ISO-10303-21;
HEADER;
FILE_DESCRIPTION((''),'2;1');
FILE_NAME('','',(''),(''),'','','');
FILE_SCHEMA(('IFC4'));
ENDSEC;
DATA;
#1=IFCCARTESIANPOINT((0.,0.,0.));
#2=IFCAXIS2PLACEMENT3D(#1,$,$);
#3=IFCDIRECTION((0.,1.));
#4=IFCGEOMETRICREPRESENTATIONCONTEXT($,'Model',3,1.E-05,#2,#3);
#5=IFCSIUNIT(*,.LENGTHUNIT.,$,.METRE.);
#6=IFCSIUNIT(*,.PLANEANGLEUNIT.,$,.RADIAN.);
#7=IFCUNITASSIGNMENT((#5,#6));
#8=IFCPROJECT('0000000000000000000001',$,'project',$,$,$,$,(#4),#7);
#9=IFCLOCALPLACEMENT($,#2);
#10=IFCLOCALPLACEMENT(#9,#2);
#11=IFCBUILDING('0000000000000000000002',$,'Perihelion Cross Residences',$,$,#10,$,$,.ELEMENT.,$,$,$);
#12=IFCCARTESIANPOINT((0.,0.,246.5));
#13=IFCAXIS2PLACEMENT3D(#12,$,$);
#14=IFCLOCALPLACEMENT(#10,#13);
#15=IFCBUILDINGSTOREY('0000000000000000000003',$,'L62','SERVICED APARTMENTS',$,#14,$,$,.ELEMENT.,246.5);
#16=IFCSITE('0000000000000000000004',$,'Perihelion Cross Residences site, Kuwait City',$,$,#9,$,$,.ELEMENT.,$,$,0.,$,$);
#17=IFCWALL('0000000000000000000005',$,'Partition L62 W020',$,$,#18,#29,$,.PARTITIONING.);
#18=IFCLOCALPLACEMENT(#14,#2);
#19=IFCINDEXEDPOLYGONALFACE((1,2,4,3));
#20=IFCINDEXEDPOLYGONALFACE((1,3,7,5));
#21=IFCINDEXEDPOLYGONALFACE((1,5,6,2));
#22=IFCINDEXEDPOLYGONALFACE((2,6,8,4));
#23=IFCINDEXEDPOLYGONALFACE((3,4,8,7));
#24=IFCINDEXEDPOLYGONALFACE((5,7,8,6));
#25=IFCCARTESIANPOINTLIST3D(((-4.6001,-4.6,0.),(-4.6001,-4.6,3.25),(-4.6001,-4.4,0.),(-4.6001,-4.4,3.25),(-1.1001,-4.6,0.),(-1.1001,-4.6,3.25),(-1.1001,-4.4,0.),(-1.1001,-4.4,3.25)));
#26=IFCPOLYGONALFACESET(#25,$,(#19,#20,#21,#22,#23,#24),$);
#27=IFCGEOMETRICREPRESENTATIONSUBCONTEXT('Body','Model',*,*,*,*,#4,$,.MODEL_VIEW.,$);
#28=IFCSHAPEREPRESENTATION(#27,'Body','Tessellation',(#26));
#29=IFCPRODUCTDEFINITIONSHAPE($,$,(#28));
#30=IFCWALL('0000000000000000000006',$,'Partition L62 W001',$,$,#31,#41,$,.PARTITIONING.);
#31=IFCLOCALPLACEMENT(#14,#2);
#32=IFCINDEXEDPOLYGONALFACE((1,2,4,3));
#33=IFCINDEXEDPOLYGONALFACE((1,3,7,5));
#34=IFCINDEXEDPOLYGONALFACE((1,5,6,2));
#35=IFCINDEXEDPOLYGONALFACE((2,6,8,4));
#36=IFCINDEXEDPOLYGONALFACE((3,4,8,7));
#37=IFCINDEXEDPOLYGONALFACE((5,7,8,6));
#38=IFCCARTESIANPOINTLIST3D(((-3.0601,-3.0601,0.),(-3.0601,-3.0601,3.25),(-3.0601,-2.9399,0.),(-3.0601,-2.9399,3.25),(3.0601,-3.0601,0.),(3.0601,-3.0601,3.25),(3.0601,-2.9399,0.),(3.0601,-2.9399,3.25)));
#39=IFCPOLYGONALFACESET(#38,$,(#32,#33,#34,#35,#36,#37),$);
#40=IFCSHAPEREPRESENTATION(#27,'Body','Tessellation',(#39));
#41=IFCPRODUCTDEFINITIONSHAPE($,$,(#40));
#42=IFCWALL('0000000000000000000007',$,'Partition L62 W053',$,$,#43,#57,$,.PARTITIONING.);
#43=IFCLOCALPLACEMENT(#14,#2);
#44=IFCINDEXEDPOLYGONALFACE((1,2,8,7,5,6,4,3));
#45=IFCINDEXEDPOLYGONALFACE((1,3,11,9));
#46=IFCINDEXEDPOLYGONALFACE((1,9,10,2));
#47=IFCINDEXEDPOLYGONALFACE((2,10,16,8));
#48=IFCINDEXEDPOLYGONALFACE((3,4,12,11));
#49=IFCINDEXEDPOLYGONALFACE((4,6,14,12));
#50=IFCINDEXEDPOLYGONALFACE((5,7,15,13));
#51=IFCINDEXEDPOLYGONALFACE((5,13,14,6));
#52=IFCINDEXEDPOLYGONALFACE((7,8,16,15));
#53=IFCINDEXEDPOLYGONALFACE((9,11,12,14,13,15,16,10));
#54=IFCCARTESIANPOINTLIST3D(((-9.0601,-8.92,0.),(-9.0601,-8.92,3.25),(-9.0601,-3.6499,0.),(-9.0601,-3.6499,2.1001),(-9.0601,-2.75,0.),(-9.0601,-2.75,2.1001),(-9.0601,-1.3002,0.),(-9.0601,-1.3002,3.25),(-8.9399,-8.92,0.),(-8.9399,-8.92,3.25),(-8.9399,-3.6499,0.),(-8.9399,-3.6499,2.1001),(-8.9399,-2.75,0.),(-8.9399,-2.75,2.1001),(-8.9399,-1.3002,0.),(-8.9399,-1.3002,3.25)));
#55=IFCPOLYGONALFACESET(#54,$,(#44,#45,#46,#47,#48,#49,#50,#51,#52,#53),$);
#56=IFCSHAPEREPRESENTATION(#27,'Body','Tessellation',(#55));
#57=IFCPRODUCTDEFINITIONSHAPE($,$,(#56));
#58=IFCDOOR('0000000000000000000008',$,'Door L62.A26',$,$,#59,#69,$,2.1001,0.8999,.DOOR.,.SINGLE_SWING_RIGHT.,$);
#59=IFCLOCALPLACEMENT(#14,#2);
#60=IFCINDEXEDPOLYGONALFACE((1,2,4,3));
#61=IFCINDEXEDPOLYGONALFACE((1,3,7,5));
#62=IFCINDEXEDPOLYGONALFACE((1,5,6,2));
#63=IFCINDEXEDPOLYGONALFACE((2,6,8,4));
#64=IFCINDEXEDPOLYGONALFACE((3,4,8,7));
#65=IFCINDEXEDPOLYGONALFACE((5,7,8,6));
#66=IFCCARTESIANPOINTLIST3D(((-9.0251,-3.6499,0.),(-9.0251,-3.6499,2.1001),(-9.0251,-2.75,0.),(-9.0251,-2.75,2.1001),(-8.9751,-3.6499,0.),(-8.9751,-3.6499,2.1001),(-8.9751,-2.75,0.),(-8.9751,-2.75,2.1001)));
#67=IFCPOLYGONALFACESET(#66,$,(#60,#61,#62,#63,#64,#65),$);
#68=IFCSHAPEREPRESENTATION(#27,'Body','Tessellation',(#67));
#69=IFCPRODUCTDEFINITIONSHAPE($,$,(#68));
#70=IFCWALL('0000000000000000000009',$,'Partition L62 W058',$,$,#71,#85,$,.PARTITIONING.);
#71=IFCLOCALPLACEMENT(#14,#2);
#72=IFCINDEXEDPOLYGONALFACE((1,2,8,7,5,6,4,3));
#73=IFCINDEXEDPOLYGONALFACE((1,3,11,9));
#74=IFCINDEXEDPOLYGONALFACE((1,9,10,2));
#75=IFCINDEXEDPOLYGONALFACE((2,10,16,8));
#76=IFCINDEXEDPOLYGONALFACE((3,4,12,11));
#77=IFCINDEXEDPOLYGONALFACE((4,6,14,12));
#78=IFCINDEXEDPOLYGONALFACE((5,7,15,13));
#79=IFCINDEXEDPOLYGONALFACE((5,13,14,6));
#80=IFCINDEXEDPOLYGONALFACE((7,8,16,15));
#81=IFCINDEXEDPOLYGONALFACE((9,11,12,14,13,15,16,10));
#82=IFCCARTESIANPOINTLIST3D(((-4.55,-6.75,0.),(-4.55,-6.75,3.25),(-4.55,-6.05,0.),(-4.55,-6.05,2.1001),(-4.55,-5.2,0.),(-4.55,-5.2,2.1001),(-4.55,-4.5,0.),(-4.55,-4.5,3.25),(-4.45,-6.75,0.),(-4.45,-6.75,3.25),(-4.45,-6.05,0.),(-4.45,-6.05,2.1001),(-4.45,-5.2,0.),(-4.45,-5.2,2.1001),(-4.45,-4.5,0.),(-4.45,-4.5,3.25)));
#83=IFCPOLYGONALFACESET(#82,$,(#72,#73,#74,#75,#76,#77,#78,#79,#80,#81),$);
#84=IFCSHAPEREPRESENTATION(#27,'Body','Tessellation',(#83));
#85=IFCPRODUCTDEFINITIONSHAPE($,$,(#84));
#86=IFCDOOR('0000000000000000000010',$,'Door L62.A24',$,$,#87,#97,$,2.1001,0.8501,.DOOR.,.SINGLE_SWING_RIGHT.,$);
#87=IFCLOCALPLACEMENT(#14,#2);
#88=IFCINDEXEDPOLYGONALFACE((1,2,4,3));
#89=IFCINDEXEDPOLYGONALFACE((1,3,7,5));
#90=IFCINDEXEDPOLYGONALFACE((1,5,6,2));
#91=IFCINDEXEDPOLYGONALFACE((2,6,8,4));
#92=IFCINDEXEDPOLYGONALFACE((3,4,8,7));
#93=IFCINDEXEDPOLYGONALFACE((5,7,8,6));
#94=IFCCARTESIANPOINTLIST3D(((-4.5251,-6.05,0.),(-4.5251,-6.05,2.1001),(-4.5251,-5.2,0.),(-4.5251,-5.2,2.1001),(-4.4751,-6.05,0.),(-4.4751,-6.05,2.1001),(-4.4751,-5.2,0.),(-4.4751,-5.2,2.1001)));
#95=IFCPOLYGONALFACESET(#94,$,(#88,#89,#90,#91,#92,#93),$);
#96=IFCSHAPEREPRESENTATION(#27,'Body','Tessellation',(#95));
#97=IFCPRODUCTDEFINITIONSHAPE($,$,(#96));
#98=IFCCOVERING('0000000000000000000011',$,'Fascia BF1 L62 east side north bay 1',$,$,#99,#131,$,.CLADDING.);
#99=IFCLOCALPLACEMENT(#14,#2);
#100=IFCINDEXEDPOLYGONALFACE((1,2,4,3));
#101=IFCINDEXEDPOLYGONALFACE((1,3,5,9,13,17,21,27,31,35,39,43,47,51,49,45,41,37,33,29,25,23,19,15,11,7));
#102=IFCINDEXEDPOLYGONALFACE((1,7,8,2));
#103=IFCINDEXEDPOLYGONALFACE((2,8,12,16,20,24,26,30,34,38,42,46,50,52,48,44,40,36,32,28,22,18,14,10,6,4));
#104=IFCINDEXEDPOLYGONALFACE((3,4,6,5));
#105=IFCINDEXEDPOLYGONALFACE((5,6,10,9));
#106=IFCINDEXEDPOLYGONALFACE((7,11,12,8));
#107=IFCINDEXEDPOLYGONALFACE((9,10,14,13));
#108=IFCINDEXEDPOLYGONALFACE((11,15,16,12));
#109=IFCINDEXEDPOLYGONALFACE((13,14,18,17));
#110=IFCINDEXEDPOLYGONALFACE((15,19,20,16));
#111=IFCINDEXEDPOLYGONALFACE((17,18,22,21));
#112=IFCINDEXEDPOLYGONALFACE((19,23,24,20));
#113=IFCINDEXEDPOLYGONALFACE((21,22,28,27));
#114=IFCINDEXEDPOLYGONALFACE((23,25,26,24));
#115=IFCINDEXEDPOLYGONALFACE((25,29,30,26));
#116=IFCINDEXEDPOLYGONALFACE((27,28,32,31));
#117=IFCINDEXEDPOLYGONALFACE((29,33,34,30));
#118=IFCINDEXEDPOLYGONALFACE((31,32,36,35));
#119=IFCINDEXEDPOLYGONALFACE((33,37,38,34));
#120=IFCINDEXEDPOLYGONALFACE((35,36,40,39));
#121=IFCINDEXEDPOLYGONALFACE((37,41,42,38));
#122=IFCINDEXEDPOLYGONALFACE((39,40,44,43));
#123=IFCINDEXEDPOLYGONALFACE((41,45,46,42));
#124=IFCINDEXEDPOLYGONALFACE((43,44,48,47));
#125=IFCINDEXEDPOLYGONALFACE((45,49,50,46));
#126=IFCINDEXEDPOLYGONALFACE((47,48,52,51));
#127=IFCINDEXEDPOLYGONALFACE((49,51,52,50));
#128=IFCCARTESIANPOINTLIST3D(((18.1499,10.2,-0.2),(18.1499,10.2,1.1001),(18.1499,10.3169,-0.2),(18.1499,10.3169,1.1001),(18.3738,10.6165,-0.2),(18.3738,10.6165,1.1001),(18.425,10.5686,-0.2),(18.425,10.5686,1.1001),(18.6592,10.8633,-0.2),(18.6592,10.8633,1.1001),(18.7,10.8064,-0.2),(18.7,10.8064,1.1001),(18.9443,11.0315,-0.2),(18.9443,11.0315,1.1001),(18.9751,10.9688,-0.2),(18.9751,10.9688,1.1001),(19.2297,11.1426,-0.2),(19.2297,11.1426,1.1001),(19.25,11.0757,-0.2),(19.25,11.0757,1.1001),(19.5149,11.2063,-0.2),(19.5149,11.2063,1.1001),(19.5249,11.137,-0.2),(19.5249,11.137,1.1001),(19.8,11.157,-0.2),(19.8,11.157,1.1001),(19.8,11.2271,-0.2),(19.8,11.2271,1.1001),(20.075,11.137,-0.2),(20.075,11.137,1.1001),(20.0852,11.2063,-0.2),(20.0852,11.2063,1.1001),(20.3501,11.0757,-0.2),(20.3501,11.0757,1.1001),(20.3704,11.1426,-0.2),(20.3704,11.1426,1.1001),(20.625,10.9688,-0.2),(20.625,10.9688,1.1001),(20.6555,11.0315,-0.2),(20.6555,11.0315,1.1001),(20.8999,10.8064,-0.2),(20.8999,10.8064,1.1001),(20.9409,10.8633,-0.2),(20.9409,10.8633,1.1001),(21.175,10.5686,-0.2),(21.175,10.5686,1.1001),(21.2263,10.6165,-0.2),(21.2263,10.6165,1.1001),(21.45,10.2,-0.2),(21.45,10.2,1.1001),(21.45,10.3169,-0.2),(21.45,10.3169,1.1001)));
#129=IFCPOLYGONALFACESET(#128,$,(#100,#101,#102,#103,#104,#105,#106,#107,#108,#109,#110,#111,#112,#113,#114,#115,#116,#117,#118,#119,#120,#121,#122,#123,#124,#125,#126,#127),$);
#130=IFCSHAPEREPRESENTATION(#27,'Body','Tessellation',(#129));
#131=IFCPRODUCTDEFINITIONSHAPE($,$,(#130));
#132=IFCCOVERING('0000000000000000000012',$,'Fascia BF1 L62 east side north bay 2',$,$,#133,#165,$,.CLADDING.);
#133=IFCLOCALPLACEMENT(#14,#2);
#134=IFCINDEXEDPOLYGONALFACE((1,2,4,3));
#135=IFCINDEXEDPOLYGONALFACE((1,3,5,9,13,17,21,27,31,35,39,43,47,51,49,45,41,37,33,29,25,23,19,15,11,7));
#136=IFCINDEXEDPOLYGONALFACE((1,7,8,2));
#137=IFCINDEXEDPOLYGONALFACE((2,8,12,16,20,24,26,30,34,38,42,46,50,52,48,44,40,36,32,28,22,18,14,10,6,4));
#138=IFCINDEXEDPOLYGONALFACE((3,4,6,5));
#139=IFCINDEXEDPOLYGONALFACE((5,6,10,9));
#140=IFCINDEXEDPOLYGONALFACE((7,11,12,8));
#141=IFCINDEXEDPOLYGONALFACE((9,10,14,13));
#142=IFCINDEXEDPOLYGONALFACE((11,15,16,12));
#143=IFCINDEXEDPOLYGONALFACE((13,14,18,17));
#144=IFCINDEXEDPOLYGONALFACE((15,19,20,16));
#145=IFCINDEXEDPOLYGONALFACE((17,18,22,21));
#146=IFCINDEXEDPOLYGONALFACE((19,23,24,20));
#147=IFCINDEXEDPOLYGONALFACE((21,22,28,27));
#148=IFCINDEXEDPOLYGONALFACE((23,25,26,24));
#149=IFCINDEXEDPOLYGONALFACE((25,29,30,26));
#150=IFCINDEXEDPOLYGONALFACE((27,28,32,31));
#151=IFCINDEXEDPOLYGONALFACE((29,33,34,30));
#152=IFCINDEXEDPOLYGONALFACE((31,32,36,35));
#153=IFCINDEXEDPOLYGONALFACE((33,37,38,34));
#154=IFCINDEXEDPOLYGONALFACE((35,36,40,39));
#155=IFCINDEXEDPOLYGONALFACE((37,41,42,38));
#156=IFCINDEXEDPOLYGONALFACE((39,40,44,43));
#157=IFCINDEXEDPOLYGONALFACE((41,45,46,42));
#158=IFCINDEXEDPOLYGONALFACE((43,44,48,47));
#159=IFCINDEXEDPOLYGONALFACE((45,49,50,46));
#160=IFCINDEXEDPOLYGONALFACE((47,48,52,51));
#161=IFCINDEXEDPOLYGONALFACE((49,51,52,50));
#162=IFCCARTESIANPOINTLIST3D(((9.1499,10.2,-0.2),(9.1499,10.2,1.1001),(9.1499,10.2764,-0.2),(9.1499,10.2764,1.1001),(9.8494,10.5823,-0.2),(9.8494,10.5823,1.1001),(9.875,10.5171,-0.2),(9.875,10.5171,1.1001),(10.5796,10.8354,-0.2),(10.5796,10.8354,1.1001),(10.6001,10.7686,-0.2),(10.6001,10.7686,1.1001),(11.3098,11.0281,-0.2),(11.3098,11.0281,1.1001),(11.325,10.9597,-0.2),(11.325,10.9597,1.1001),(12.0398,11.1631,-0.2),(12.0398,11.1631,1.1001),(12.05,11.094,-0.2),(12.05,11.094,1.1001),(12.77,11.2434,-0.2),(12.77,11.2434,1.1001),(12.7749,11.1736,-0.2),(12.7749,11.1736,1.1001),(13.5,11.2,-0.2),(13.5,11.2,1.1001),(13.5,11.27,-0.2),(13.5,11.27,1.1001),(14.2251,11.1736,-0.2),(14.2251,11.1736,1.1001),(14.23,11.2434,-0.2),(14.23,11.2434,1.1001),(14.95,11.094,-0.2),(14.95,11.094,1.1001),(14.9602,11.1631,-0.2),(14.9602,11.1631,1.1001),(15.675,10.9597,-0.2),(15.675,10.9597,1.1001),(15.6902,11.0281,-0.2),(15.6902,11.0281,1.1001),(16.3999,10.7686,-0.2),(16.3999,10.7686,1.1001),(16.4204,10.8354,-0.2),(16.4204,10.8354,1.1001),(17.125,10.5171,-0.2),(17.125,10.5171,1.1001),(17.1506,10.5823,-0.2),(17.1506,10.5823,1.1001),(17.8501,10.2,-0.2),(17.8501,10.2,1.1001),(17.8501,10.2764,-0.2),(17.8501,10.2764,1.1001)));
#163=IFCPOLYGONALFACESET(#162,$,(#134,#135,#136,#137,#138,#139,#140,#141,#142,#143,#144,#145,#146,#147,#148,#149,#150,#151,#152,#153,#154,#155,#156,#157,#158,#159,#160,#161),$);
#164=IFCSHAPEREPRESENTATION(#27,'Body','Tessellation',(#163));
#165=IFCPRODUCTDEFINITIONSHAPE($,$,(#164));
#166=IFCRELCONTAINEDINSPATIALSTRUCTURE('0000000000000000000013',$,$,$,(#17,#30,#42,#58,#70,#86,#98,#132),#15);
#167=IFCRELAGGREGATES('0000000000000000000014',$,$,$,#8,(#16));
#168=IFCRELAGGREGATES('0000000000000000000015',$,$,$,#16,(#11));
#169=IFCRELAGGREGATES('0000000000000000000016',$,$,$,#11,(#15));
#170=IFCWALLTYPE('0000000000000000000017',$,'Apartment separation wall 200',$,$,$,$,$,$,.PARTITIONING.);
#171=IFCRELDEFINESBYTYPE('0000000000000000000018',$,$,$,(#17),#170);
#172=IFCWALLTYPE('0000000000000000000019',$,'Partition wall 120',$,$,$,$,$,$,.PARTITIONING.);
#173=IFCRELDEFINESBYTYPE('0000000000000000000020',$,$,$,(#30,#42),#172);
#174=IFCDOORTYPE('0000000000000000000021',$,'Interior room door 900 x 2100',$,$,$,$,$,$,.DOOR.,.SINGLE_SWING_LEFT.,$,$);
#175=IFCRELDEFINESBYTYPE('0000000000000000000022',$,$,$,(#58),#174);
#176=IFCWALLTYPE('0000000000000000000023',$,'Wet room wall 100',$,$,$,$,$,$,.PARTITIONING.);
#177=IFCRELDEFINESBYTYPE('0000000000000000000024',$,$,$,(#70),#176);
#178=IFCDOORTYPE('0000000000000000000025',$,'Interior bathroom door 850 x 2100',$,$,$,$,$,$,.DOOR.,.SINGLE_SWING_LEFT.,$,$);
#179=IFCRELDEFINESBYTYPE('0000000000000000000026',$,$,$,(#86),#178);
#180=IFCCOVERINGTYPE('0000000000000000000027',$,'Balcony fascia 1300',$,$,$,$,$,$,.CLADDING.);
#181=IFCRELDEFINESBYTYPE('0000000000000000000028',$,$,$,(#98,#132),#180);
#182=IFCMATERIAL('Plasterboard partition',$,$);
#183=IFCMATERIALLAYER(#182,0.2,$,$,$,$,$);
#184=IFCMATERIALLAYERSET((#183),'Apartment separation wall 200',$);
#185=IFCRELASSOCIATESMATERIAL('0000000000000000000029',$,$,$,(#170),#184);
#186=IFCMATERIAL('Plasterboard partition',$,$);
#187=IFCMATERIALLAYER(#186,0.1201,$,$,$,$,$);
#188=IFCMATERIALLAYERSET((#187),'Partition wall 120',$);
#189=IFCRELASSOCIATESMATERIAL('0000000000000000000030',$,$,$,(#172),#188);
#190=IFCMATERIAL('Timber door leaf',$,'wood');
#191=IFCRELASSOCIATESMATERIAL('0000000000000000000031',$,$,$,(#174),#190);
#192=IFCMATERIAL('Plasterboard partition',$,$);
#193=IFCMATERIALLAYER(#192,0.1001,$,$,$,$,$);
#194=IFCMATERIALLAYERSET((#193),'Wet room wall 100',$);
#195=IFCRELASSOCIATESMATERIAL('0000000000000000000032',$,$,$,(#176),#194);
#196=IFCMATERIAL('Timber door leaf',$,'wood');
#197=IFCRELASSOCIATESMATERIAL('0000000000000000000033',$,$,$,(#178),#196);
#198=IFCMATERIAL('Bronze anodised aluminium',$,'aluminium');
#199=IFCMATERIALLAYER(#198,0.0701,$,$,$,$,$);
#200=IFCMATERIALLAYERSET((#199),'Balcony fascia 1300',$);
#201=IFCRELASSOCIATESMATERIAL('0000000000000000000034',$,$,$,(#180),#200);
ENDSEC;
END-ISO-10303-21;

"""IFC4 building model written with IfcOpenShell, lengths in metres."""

from ifc_helpers import new_model, si_unit, direction, frame, frame_2d, origin, place, context, subcontext, project, spatial, polyline, rectangle, outline, extrude, material, layer, layer_set, type_object, element, fill, save


model = new_model("IFC4")

# Units and contexts
model_context = context("Model", 3, precision=1e-05, world=origin(), true_north=direction((0.0, 1.0)))
body_context = subcontext(model_context, "Body", "Model", "MODEL_VIEW")
ifc_project = project(units=[si_unit("LENGTHUNIT", "METRE"), si_unit("PLANEANGLEUNIT", "RADIAN")], contexts=[model_context])

# Site, building, storey
site_placement = place(None, origin())
site = spatial("IfcSite", under=ifc_project, at=site_placement, Name="Perihelion Cross Residences site, Kuwait City", CompositionType="ELEMENT", RefElevation=0.0)
building_placement = place(site_placement, origin())
building = spatial("IfcBuilding", under=site, at=building_placement, Name="Perihelion Cross Residences", CompositionType="ELEMENT")
storey_placement = place(building_placement, frame((0.0, 0.0, 246.5)))
storey = spatial("IfcBuildingStorey", under=building, at=storey_placement, Name="L62", Description="SERVICED APARTMENTS", CompositionType="ELEMENT", Elevation=246.5)

# Shared definitions
ifc_material_1 = material(Name="Plasterboard partition")
ifc_layer_1 = layer(ifc_material_1, 0.2)
ifc_layer_set_1 = layer_set([ifc_layer_1], Name="Apartment separation wall 200")
wall_type_1 = type_object("IfcWallType", Name="Apartment separation wall 200", PredefinedType="PARTITIONING", material=ifc_layer_set_1)

# Walls
wall_1_placement = place(storey_placement, frame((-1.1001, -4.5, 0.0), z_axis=(0.0, 0.0, 1.0), x_axis=(-1.0, 0.0, 0.0)))
element("IfcWall", 1, at=wall_1_placement, inside=storey, type_object=wall_type_1, Name="Partition L62 W020", PredefinedType="PARTITIONING", context=body_context, shape_type="SweptSolid", body=[
    extrude(rectangle(XDim=3.5, YDim=0.2, at=frame_2d((1.75, 0.0))), origin(), (0.0, 0.0, 1.0), 3.25),
])
ifc_material_2 = material(Name="Plasterboard partition")
ifc_layer_2 = layer(ifc_material_2, 0.1201)
ifc_layer_set_2 = layer_set([ifc_layer_2], Name="Partition wall 120")
wall_type_2 = type_object("IfcWallType", Name="Partition wall 120", PredefinedType="PARTITIONING", material=ifc_layer_set_2)
wall_2_placement = place(storey_placement, frame((-3.0601, -3.0, 0.0), z_axis=(0.0, 0.0, 1.0), x_axis=(1.0, 0.0, 0.0)))
element("IfcWall", 2, at=wall_2_placement, inside=storey, type_object=wall_type_2, Name="Partition L62 W001", PredefinedType="PARTITIONING", context=body_context, shape_type="SweptSolid", body=[
    extrude(rectangle(XDim=6.1201, YDim=0.1201, at=frame_2d((3.0601, 0.0))), origin(), (0.0, 0.0, 1.0), 3.25),
])

# Walls, openings, doors
wall_3_placement = place(storey_placement, frame((-9.0, -1.3, 0.0), z_axis=(0.0, 0.0, 1.0), x_axis=(0.0, -1.0, 0.0)))
wall_3 = element("IfcWall", 3, at=wall_3_placement, inside=storey, type_object=wall_type_2, Name="Partition L62 W053", PredefinedType="PARTITIONING", context=body_context, shape_type="SweptSolid", body=[
    extrude(rectangle(XDim=7.6199, YDim=0.1201, at=frame_2d((3.8101, 0.0))), origin(), (0.0, 0.0, 1.0), 3.25),
])
opening_1_placement = place(wall_3_placement, frame((1.45, 0.0, 0.0)))
opening_1 = element("IfcOpeningElement", 4, at=opening_1_placement, cuts=wall_3, PredefinedType="OPENING", context=body_context, shape_type="SweptSolid", body=[
    extrude(rectangle(XDim=0.8999, YDim=2.1001, at=frame_2d((0.45, 1.05))), frame((0.0, 0.0701, 0.0), z_axis=(0.0, -1.0, 0.0), x_axis=(1.0, 0.0, 0.0)), (0.0, 0.0, 1.0), 0.1401),
])
ifc_material_3 = material(Name="Timber door leaf", Category="wood")
door_type_1 = type_object("IfcDoorType", Name="Interior room door 900 x 2100", OperationType="SINGLE_SWING_LEFT", PredefinedType="DOOR", material=ifc_material_3)
door_1_placement = place(opening_1_placement, origin())
door_1 = element("IfcDoor", 5, at=door_1_placement, inside=storey, type_object=door_type_1, Name="Door L62.A26", OperationType="SINGLE_SWING_RIGHT", OverallHeight=2.1001, OverallWidth=0.8999, PredefinedType="DOOR", context=body_context, shape_type="SweptSolid", body=[
    extrude(rectangle(XDim=0.8999, YDim=2.1001, at=frame_2d((0.45, 1.05))), frame((0.0, 0.0249, 0.0), z_axis=(0.0, -1.0, 0.0), x_axis=(1.0, 0.0, 0.0)), (0.0, 0.0, 1.0), 0.05),
])
fill(opening_1, door_1)
ifc_material_4 = material(Name="Plasterboard partition")
ifc_layer_3 = layer(ifc_material_4, 0.1001)
ifc_layer_set_3 = layer_set([ifc_layer_3], Name="Wet room wall 100")
wall_type_3 = type_object("IfcWallType", Name="Wet room wall 100", PredefinedType="PARTITIONING", material=ifc_layer_set_3)
wall_4_placement = place(storey_placement, frame((-4.5, -4.5, 0.0), z_axis=(0.0, 0.0, 1.0), x_axis=(0.0, -1.0, 0.0)))
wall_4 = element("IfcWall", 6, at=wall_4_placement, inside=storey, type_object=wall_type_3, Name="Partition L62 W058", PredefinedType="PARTITIONING", context=body_context, shape_type="SweptSolid", body=[
    extrude(rectangle(XDim=2.25, YDim=0.1001, at=frame_2d((1.125, 0.0))), origin(), (0.0, 0.0, 1.0), 3.25),
])
opening_2_placement = place(wall_4_placement, frame((0.7, 0.0, 0.0)))
opening_2 = element("IfcOpeningElement", 7, at=opening_2_placement, cuts=wall_4, PredefinedType="OPENING", context=body_context, shape_type="SweptSolid", body=[
    extrude(rectangle(XDim=0.8501, YDim=2.1001, at=frame_2d((0.425, 1.05))), frame((0.0, 0.0601, 0.0), z_axis=(0.0, -1.0, 0.0), x_axis=(1.0, 0.0, 0.0)), (0.0, 0.0, 1.0), 0.1201),
])
ifc_material_5 = material(Name="Timber door leaf", Category="wood")
door_type_2 = type_object("IfcDoorType", Name="Interior bathroom door 850 x 2100", OperationType="SINGLE_SWING_LEFT", PredefinedType="DOOR", material=ifc_material_5)
door_2_placement = place(opening_2_placement, origin())
door_2 = element("IfcDoor", 8, at=door_2_placement, inside=storey, type_object=door_type_2, Name="Door L62.A24", OperationType="SINGLE_SWING_RIGHT", OverallHeight=2.1001, OverallWidth=0.8501, PredefinedType="DOOR", context=body_context, shape_type="SweptSolid", body=[
    extrude(rectangle(XDim=0.8501, YDim=2.1001, at=frame_2d((0.425, 1.05))), frame((0.0, 0.0249, 0.0), z_axis=(0.0, -1.0, 0.0), x_axis=(1.0, 0.0, 0.0)), (0.0, 0.0, 1.0), 0.05),
])
fill(opening_2, door_2)

# Coverings
ifc_material_6 = material(Name="Bronze anodised aluminium", Category="aluminium")
ifc_layer_4 = layer(ifc_material_6, 0.0701)
ifc_layer_set_4 = layer_set([ifc_layer_4], Name="Balcony fascia 1300")
covering_type = type_object("IfcCoveringType", Name="Balcony fascia 1300", PredefinedType="CLADDING", material=ifc_layer_set_4)
covering_1_placement = place(storey_placement, frame((0.0, 0.0, -0.2)))
element("IfcCovering", 9, at=covering_1_placement, inside=storey, type_object=covering_type, Name="Fascia BF1 L62 east side north bay 1", PredefinedType="CLADDING", context=body_context, shape_type="SweptSolid", body=[
    extrude(outline(polyline([(21.2263, 10.6165), (20.9409, 10.8633), (20.6555, 11.0315), (20.3704, 11.1426), (20.0852, 11.2063), (19.8, 11.2271), (19.5149, 11.2063), (19.2297, 11.1426), (18.9443, 11.0315), (18.6592, 10.8633), (18.3738, 10.6165), (18.1499, 10.3169), (18.1499, 10.2), (18.425, 10.5686), (18.7, 10.8064), (18.9751, 10.9688), (19.25, 11.0757), (19.5249, 11.137), (19.8, 11.157), (20.075, 11.137), (20.3501, 11.0757), (20.625, 10.9688), (20.8999, 10.8064), (21.175, 10.5686), (21.45, 10.2), (21.45, 10.3169), (21.2263, 10.6165)])), origin(), (0.0, 0.0, 1.0), 1.3),
])
covering_2_placement = place(storey_placement, frame((0.0, 0.0, -0.2)))
element("IfcCovering", 10, at=covering_2_placement, inside=storey, type_object=covering_type, Name="Fascia BF1 L62 east side north bay 2", PredefinedType="CLADDING", context=body_context, shape_type="SweptSolid", body=[
    extrude(outline(polyline([(17.1506, 10.5823), (16.4204, 10.8354), (15.6902, 11.0281), (14.9602, 11.1631), (14.23, 11.2434), (13.5, 11.27), (12.77, 11.2434), (12.0398, 11.1631), (11.3098, 11.0281), (10.5796, 10.8354), (9.8494, 10.5823), (9.1499, 10.2764), (9.1499, 10.2), (9.875, 10.5171), (10.6001, 10.7686), (11.325, 10.9597), (12.05, 11.094), (12.7749, 11.1736), (13.5, 11.2), (14.2251, 11.1736), (14.95, 11.094), (15.675, 10.9597), (16.3999, 10.7686), (17.125, 10.5171), (17.8501, 10.2), (17.8501, 10.2764), (17.1506, 10.5823)])), origin(), (0.0, 0.0, 1.0), 1.3),
])

save(model, "model.ifc")
